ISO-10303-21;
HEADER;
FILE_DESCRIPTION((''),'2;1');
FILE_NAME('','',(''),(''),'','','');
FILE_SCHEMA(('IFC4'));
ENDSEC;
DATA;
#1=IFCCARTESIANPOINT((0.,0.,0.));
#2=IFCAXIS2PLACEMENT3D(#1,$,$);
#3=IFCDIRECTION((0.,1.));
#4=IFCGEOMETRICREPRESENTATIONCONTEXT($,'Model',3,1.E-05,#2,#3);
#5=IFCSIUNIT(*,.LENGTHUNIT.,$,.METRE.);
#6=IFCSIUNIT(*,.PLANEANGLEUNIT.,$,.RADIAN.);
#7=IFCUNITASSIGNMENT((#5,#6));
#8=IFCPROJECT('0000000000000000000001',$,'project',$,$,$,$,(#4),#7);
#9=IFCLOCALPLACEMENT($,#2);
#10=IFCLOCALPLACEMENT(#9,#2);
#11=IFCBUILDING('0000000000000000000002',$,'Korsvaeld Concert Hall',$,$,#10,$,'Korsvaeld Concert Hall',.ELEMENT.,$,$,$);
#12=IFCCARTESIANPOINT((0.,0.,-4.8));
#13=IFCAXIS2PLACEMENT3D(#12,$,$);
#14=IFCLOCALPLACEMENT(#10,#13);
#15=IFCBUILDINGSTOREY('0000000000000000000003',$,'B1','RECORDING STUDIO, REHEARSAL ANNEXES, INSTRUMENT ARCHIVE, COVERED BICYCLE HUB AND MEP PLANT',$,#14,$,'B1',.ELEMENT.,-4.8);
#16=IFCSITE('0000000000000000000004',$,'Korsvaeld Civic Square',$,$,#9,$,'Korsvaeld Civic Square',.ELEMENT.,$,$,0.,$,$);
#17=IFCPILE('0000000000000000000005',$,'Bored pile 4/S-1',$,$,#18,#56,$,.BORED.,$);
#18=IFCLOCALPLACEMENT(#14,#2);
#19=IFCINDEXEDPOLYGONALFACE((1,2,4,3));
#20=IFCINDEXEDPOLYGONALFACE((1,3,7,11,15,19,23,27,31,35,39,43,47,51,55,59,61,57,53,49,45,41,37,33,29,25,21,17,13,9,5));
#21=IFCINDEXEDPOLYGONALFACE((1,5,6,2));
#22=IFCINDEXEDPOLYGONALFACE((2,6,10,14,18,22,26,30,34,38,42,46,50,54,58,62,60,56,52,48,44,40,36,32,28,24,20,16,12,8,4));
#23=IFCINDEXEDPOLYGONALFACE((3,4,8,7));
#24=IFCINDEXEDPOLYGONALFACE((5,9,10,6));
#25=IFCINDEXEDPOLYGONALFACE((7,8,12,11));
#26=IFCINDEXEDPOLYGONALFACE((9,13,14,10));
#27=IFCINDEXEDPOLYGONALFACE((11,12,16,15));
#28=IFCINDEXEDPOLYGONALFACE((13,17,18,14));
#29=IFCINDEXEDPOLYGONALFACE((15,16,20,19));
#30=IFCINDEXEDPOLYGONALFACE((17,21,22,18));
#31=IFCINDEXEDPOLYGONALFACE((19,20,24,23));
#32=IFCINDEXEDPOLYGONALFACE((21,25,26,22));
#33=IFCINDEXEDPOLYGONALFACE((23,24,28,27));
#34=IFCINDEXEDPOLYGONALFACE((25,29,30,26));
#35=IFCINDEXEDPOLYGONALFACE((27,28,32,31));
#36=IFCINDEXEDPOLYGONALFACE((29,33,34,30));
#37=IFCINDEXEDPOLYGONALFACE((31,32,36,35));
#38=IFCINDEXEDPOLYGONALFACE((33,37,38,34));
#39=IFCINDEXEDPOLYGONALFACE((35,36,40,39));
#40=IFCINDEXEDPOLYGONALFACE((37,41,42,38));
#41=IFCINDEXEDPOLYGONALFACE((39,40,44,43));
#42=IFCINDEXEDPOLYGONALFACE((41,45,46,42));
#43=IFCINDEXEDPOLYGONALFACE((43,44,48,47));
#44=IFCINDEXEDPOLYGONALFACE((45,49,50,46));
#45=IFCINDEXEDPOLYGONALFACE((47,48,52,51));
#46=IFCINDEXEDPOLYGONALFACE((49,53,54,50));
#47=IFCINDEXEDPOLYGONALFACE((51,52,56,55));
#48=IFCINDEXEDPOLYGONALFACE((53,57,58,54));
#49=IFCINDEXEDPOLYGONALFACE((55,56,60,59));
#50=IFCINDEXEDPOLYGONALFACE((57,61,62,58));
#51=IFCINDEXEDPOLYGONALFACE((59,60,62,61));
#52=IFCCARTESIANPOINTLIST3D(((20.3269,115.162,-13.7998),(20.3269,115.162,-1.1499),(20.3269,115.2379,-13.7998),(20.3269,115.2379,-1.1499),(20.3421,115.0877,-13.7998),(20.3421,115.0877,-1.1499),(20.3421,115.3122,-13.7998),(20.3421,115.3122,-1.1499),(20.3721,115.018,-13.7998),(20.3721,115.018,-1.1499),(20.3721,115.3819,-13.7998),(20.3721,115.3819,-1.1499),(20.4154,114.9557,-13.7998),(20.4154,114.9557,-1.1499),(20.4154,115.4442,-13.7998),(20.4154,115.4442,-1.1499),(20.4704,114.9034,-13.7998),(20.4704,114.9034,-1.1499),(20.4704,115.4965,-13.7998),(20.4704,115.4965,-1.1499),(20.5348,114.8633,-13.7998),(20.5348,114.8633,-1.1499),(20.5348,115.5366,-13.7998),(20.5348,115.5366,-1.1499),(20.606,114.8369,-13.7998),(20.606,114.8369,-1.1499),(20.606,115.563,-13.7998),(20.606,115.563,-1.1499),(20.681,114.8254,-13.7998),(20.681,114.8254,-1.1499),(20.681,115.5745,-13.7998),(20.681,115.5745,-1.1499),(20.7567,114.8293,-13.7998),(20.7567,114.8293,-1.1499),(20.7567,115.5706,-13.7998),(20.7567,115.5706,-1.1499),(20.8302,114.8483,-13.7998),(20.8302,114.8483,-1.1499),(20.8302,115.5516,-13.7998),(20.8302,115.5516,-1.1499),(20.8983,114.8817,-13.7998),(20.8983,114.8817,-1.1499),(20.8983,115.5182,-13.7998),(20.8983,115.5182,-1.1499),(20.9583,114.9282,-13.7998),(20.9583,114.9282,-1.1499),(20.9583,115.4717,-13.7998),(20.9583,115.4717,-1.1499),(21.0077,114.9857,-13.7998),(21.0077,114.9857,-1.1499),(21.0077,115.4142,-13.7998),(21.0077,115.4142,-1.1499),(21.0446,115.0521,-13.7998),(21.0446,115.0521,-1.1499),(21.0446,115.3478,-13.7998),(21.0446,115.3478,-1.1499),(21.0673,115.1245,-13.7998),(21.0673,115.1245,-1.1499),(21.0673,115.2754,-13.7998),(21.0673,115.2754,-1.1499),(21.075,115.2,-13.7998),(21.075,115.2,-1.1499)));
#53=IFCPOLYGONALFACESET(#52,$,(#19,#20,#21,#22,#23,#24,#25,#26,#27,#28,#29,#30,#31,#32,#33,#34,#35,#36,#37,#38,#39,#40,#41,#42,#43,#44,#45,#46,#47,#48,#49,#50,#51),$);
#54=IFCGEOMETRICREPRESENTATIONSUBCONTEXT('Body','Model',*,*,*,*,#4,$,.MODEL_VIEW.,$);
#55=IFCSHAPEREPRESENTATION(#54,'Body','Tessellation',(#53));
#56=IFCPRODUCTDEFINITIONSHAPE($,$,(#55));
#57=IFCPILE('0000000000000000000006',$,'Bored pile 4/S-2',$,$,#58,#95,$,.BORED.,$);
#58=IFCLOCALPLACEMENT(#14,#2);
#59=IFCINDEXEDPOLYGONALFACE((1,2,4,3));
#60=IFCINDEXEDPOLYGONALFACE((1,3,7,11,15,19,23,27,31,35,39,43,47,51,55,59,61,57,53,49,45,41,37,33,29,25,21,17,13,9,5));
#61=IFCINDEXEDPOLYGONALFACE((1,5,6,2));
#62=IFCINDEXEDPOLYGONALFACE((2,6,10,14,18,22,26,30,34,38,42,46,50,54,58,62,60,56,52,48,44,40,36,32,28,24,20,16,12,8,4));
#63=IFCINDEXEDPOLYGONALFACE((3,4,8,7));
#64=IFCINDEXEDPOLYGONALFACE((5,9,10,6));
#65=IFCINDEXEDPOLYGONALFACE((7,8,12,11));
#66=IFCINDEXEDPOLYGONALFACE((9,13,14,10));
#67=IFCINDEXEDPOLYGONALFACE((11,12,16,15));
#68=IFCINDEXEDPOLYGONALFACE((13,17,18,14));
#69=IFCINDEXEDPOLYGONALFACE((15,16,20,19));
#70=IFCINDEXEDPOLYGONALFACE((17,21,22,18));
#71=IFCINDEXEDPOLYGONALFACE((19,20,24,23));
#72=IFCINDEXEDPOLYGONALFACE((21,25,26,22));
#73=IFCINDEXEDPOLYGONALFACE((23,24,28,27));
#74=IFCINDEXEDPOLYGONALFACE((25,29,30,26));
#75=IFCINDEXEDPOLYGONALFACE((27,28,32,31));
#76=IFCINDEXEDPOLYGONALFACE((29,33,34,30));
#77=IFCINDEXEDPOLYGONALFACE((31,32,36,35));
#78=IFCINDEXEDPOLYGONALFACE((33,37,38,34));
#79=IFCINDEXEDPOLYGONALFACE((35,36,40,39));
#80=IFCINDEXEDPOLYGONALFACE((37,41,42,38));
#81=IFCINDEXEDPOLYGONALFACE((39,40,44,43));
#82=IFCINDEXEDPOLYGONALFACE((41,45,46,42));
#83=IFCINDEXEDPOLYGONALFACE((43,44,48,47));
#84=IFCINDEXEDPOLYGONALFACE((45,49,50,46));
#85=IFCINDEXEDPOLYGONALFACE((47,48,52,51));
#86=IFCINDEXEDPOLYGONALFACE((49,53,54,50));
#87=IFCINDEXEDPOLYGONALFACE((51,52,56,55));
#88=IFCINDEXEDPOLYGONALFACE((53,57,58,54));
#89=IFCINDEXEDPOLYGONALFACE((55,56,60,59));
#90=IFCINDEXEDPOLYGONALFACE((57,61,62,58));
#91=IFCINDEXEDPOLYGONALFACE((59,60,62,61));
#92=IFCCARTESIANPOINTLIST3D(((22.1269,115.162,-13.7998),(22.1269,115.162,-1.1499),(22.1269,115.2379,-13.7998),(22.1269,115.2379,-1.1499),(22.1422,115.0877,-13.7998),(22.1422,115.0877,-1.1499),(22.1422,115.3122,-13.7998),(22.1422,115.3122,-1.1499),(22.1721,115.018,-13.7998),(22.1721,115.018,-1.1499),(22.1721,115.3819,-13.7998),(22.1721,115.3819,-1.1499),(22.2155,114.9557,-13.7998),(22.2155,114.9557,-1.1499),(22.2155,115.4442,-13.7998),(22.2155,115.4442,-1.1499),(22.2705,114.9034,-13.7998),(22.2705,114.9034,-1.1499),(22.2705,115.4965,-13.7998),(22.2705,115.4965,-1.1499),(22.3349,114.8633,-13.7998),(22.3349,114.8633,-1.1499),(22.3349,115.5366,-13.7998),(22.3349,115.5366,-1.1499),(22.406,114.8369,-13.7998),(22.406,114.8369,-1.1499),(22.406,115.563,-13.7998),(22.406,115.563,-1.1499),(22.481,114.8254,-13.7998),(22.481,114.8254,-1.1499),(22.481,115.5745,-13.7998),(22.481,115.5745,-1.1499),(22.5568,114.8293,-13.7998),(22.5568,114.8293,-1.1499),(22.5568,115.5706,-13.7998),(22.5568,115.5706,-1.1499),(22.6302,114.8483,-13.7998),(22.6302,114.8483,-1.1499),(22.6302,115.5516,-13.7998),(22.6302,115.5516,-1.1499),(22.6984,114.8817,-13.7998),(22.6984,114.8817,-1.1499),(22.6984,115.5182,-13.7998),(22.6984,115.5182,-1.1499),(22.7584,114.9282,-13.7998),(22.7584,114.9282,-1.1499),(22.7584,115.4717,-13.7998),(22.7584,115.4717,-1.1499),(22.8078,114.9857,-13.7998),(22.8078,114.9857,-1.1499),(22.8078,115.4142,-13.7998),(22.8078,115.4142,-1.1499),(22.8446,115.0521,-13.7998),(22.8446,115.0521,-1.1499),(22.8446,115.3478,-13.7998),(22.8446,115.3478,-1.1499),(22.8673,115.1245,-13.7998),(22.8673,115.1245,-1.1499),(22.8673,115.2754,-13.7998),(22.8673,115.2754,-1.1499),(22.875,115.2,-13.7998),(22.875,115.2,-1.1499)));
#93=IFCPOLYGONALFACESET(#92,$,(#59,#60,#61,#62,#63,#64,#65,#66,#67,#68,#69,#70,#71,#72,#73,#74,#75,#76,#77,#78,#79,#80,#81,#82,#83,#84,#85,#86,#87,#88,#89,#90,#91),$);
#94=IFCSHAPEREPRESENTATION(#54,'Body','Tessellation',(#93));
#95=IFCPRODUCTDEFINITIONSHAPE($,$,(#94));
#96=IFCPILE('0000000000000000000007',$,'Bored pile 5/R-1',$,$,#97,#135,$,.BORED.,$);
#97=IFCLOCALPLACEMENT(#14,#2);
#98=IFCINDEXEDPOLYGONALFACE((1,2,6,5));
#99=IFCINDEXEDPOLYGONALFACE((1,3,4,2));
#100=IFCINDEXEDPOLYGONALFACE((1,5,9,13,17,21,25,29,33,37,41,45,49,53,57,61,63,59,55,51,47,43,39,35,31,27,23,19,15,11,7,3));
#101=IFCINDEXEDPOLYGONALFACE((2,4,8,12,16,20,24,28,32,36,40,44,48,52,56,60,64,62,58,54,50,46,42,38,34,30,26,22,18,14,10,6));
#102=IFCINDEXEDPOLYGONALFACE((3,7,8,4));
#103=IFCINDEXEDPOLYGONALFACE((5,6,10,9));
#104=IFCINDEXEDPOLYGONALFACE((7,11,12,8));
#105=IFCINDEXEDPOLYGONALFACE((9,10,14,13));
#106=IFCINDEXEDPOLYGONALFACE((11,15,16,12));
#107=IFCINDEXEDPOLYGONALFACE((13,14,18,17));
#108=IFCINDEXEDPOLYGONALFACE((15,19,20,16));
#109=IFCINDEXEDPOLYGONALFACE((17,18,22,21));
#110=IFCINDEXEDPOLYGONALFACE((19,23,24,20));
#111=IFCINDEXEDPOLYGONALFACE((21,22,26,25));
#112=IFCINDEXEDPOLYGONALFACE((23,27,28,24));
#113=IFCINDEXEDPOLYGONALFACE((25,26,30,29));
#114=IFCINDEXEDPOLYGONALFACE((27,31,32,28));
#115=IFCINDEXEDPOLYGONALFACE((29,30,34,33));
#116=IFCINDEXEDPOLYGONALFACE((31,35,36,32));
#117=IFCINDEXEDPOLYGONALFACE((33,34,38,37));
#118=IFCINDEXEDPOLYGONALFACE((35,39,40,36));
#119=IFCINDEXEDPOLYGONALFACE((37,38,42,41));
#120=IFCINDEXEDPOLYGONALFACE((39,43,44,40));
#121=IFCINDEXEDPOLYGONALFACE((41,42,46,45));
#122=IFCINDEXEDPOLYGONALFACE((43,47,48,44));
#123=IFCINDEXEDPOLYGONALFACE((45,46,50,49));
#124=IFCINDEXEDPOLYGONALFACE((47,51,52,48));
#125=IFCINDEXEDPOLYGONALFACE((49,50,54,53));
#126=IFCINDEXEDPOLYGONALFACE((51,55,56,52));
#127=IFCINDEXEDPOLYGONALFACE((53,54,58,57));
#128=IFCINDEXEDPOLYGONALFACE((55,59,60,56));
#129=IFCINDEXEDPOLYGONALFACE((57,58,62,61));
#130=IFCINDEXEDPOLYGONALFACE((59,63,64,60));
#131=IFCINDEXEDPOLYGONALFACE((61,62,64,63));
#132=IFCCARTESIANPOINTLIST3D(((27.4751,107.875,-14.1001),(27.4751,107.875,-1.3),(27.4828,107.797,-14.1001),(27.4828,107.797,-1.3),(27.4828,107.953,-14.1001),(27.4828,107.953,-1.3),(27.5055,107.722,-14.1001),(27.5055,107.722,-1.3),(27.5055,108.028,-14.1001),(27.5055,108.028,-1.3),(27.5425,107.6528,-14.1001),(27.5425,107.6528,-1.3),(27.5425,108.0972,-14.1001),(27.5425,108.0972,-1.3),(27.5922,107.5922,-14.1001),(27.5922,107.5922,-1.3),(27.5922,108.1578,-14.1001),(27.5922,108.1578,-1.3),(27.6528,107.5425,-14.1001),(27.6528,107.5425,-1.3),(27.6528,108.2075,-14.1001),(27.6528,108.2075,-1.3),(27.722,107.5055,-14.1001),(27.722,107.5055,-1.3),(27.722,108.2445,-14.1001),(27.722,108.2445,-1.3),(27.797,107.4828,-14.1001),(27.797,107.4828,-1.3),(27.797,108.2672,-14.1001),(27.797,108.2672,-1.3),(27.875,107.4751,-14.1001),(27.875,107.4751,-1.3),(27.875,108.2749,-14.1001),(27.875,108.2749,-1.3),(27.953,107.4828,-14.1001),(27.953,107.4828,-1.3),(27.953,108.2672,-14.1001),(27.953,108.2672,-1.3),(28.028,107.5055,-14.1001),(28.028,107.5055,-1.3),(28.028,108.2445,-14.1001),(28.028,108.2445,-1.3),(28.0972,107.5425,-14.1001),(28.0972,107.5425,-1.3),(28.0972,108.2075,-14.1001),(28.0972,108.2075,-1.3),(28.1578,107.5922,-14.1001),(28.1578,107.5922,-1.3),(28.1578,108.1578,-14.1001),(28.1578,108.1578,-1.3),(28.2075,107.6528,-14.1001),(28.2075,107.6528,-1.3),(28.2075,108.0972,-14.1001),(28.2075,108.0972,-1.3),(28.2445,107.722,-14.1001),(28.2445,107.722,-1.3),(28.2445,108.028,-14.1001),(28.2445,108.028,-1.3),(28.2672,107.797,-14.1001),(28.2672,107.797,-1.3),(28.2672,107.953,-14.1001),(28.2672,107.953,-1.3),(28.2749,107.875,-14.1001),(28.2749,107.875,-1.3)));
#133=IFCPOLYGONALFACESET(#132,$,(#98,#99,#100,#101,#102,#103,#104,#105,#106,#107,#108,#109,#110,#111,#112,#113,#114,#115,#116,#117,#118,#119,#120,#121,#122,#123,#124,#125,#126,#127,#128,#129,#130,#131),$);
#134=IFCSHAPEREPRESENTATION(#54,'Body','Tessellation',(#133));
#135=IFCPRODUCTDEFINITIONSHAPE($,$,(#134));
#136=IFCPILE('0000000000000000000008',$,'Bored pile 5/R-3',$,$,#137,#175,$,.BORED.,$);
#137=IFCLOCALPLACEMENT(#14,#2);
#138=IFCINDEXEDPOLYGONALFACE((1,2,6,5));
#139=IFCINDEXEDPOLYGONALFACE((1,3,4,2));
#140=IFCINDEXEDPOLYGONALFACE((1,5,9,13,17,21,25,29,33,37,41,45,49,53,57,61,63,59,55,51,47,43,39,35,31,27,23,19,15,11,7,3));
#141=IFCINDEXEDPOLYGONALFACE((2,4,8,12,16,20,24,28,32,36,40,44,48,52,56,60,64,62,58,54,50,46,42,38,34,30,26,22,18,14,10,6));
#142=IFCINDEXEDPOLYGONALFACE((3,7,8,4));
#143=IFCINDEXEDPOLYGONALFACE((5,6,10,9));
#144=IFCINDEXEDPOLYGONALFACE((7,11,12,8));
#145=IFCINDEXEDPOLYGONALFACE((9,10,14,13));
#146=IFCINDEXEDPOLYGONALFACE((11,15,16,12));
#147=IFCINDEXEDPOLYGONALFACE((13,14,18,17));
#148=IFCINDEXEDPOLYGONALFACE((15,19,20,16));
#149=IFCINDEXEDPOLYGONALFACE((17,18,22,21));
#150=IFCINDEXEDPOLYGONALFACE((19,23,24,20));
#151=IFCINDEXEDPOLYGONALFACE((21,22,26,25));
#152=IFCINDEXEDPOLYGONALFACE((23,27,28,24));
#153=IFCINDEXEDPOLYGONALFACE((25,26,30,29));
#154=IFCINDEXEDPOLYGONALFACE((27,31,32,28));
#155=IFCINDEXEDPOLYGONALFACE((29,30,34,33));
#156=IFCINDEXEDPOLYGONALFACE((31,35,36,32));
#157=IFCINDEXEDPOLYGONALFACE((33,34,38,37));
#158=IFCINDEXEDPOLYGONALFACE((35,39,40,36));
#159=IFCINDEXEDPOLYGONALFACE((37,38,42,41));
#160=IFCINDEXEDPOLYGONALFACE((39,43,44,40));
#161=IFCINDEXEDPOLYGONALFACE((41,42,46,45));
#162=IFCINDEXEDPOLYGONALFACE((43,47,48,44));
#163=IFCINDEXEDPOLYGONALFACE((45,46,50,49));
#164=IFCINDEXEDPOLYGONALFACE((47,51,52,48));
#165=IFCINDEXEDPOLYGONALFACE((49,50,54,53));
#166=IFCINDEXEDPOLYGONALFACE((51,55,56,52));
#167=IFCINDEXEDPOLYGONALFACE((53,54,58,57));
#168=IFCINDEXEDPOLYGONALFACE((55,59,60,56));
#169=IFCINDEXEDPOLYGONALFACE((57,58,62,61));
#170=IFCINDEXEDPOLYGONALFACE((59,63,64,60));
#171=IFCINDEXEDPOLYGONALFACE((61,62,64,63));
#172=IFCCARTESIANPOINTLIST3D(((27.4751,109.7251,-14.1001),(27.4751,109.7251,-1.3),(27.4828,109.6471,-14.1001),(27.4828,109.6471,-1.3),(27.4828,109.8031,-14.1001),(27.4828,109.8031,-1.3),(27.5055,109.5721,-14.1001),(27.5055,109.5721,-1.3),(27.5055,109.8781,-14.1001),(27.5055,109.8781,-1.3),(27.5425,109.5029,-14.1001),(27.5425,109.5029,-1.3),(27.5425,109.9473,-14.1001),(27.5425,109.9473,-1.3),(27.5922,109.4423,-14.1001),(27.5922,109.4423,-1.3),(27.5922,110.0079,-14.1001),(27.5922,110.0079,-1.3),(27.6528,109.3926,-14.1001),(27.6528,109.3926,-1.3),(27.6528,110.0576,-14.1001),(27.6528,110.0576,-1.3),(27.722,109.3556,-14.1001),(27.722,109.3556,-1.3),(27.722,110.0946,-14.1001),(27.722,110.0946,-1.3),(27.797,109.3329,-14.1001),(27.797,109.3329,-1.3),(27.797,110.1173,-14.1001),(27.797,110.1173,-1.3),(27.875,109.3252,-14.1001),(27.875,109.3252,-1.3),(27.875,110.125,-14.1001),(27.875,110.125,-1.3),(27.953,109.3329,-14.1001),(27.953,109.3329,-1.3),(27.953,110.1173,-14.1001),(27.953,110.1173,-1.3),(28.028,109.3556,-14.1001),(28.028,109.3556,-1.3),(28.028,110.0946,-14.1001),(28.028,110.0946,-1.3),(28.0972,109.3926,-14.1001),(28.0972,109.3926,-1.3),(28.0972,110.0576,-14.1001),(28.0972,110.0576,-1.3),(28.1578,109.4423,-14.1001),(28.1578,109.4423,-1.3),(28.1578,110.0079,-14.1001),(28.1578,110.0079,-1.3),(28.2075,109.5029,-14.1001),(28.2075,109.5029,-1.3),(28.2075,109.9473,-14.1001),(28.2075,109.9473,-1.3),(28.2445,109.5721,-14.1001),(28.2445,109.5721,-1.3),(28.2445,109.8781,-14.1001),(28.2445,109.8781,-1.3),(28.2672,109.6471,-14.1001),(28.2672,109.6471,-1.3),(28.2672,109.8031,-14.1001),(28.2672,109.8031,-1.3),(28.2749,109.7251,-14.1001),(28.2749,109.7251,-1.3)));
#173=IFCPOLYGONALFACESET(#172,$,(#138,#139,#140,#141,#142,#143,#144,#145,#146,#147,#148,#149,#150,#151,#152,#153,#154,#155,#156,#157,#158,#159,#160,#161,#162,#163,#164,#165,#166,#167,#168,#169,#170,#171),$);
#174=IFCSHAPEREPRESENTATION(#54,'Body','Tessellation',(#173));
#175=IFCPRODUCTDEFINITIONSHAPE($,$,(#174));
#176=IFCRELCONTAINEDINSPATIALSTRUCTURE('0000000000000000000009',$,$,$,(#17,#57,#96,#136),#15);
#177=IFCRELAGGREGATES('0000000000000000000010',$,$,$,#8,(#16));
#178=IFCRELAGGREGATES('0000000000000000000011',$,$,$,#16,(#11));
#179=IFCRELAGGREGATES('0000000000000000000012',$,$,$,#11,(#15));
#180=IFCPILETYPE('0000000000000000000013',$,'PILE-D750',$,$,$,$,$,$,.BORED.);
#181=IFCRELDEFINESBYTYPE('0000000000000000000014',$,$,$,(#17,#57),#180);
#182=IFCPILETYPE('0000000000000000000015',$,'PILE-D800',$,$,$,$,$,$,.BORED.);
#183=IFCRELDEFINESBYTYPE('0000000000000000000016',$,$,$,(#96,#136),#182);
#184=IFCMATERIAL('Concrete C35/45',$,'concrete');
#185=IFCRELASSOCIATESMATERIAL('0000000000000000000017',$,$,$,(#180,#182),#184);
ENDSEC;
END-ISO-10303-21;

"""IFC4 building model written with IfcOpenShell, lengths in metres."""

from ifc_helpers import new_model, si_unit, direction, frame, origin, origin_2d, place, context, subcontext, project, spatial, circle, extrude, material, material_profile, profile_set, type_object, element, save


model = new_model("IFC4")

# Units and contexts
model_context = context("Model", 3, precision=1e-05, world=origin(), true_north=direction((0.0, 1.0)))
body_context = subcontext(model_context, "Body", "Model", "MODEL_VIEW")
ifc_project = project(units=[si_unit("LENGTHUNIT", "METRE"), si_unit("PLANEANGLEUNIT", "RADIAN")], contexts=[model_context])

# Site, building, storey
site_placement = place(None, origin())
site = spatial("IfcSite", under=ifc_project, at=site_placement, Name="Korsvaeld Civic Square", LongName="Korsvaeld Civic Square", CompositionType="ELEMENT", RefElevation=0.0)
building_placement = place(site_placement, origin())
building = spatial("IfcBuilding", under=site, at=building_placement, Name="Korsvaeld Concert Hall", LongName="Korsvaeld Concert Hall", CompositionType="ELEMENT")
storey_placement = place(building_placement, frame((0.0, 0.0, -4.8)))
storey = spatial("IfcBuildingStorey", under=building, at=storey_placement, Name="B1", Description="RECORDING STUDIO, REHEARSAL ANNEXES, INSTRUMENT ARCHIVE, COVERED BICYCLE HUB AND MEP PLANT", LongName="B1", CompositionType="ELEMENT", Elevation=-4.8)

# Shared definitions
ifc_material_1 = material(Name="Concrete C35/45", Category="concrete")

# Piles
ifc_material_profile_1 = material_profile(ifc_material_1, circle(Radius=0.375, at=origin_2d()), Name="BORED PILE D750")
ifc_profile_set_1 = profile_set([ifc_material_profile_1], Name="Concrete C35/45")
pile_type_1 = type_object("IfcPileType", Name="PILE-D750", PredefinedType="BORED", material=ifc_profile_set_1)
for number, where, z_axis, x_axis, name in (
    (1, (20.7, 115.2, -1.1499), (0.0, 0.0, -1.0), (1.0, 0.0, 0.0), "Bored pile 4/S-1"),
    (2, (22.5, 115.2, -1.1499), (0.0, 0.0, -1.0), (1.0, 0.0, 0.0), "Bored pile 4/S-2"),
):
    element("IfcPile", number, at=place(storey_placement, frame(where, z_axis=z_axis, x_axis=x_axis)), inside=storey, type_object=pile_type_1, Name=name, PredefinedType="BORED", context=body_context, shape_type="SweptSolid", body=[
        extrude(circle(Radius=0.375, at=origin_2d()), origin(), (0.0, 0.0, 1.0), 12.6499),
    ])
ifc_material_profile_2 = material_profile(ifc_material_1, circle(Radius=0.3999, at=origin_2d()), Name="BORED PILE D800")
ifc_profile_set_2 = profile_set([ifc_material_profile_2], Name="Concrete C35/45")
pile_type_2 = type_object("IfcPileType", Name="PILE-D800", PredefinedType="BORED", material=ifc_profile_set_2)
for number, where, z_axis, x_axis, name in (
    (3, (27.875, 107.875, -1.3), (0.0, 0.0, -1.0), (1.0, 0.0, 0.0), "Bored pile 5/R-1"),
    (4, (27.875, 109.7251, -1.3), (0.0, 0.0, -1.0), (1.0, 0.0, 0.0), "Bored pile 5/R-3"),
):
    element("IfcPile", number, at=place(storey_placement, frame(where, z_axis=z_axis, x_axis=x_axis)), inside=storey, type_object=pile_type_2, Name=name, PredefinedType="BORED", context=body_context, shape_type="SweptSolid", body=[
        extrude(circle(Radius=0.3999, at=origin_2d()), origin(), (0.0, 0.0, 1.0), 12.8),
    ])

save(model, "model.ifc")
